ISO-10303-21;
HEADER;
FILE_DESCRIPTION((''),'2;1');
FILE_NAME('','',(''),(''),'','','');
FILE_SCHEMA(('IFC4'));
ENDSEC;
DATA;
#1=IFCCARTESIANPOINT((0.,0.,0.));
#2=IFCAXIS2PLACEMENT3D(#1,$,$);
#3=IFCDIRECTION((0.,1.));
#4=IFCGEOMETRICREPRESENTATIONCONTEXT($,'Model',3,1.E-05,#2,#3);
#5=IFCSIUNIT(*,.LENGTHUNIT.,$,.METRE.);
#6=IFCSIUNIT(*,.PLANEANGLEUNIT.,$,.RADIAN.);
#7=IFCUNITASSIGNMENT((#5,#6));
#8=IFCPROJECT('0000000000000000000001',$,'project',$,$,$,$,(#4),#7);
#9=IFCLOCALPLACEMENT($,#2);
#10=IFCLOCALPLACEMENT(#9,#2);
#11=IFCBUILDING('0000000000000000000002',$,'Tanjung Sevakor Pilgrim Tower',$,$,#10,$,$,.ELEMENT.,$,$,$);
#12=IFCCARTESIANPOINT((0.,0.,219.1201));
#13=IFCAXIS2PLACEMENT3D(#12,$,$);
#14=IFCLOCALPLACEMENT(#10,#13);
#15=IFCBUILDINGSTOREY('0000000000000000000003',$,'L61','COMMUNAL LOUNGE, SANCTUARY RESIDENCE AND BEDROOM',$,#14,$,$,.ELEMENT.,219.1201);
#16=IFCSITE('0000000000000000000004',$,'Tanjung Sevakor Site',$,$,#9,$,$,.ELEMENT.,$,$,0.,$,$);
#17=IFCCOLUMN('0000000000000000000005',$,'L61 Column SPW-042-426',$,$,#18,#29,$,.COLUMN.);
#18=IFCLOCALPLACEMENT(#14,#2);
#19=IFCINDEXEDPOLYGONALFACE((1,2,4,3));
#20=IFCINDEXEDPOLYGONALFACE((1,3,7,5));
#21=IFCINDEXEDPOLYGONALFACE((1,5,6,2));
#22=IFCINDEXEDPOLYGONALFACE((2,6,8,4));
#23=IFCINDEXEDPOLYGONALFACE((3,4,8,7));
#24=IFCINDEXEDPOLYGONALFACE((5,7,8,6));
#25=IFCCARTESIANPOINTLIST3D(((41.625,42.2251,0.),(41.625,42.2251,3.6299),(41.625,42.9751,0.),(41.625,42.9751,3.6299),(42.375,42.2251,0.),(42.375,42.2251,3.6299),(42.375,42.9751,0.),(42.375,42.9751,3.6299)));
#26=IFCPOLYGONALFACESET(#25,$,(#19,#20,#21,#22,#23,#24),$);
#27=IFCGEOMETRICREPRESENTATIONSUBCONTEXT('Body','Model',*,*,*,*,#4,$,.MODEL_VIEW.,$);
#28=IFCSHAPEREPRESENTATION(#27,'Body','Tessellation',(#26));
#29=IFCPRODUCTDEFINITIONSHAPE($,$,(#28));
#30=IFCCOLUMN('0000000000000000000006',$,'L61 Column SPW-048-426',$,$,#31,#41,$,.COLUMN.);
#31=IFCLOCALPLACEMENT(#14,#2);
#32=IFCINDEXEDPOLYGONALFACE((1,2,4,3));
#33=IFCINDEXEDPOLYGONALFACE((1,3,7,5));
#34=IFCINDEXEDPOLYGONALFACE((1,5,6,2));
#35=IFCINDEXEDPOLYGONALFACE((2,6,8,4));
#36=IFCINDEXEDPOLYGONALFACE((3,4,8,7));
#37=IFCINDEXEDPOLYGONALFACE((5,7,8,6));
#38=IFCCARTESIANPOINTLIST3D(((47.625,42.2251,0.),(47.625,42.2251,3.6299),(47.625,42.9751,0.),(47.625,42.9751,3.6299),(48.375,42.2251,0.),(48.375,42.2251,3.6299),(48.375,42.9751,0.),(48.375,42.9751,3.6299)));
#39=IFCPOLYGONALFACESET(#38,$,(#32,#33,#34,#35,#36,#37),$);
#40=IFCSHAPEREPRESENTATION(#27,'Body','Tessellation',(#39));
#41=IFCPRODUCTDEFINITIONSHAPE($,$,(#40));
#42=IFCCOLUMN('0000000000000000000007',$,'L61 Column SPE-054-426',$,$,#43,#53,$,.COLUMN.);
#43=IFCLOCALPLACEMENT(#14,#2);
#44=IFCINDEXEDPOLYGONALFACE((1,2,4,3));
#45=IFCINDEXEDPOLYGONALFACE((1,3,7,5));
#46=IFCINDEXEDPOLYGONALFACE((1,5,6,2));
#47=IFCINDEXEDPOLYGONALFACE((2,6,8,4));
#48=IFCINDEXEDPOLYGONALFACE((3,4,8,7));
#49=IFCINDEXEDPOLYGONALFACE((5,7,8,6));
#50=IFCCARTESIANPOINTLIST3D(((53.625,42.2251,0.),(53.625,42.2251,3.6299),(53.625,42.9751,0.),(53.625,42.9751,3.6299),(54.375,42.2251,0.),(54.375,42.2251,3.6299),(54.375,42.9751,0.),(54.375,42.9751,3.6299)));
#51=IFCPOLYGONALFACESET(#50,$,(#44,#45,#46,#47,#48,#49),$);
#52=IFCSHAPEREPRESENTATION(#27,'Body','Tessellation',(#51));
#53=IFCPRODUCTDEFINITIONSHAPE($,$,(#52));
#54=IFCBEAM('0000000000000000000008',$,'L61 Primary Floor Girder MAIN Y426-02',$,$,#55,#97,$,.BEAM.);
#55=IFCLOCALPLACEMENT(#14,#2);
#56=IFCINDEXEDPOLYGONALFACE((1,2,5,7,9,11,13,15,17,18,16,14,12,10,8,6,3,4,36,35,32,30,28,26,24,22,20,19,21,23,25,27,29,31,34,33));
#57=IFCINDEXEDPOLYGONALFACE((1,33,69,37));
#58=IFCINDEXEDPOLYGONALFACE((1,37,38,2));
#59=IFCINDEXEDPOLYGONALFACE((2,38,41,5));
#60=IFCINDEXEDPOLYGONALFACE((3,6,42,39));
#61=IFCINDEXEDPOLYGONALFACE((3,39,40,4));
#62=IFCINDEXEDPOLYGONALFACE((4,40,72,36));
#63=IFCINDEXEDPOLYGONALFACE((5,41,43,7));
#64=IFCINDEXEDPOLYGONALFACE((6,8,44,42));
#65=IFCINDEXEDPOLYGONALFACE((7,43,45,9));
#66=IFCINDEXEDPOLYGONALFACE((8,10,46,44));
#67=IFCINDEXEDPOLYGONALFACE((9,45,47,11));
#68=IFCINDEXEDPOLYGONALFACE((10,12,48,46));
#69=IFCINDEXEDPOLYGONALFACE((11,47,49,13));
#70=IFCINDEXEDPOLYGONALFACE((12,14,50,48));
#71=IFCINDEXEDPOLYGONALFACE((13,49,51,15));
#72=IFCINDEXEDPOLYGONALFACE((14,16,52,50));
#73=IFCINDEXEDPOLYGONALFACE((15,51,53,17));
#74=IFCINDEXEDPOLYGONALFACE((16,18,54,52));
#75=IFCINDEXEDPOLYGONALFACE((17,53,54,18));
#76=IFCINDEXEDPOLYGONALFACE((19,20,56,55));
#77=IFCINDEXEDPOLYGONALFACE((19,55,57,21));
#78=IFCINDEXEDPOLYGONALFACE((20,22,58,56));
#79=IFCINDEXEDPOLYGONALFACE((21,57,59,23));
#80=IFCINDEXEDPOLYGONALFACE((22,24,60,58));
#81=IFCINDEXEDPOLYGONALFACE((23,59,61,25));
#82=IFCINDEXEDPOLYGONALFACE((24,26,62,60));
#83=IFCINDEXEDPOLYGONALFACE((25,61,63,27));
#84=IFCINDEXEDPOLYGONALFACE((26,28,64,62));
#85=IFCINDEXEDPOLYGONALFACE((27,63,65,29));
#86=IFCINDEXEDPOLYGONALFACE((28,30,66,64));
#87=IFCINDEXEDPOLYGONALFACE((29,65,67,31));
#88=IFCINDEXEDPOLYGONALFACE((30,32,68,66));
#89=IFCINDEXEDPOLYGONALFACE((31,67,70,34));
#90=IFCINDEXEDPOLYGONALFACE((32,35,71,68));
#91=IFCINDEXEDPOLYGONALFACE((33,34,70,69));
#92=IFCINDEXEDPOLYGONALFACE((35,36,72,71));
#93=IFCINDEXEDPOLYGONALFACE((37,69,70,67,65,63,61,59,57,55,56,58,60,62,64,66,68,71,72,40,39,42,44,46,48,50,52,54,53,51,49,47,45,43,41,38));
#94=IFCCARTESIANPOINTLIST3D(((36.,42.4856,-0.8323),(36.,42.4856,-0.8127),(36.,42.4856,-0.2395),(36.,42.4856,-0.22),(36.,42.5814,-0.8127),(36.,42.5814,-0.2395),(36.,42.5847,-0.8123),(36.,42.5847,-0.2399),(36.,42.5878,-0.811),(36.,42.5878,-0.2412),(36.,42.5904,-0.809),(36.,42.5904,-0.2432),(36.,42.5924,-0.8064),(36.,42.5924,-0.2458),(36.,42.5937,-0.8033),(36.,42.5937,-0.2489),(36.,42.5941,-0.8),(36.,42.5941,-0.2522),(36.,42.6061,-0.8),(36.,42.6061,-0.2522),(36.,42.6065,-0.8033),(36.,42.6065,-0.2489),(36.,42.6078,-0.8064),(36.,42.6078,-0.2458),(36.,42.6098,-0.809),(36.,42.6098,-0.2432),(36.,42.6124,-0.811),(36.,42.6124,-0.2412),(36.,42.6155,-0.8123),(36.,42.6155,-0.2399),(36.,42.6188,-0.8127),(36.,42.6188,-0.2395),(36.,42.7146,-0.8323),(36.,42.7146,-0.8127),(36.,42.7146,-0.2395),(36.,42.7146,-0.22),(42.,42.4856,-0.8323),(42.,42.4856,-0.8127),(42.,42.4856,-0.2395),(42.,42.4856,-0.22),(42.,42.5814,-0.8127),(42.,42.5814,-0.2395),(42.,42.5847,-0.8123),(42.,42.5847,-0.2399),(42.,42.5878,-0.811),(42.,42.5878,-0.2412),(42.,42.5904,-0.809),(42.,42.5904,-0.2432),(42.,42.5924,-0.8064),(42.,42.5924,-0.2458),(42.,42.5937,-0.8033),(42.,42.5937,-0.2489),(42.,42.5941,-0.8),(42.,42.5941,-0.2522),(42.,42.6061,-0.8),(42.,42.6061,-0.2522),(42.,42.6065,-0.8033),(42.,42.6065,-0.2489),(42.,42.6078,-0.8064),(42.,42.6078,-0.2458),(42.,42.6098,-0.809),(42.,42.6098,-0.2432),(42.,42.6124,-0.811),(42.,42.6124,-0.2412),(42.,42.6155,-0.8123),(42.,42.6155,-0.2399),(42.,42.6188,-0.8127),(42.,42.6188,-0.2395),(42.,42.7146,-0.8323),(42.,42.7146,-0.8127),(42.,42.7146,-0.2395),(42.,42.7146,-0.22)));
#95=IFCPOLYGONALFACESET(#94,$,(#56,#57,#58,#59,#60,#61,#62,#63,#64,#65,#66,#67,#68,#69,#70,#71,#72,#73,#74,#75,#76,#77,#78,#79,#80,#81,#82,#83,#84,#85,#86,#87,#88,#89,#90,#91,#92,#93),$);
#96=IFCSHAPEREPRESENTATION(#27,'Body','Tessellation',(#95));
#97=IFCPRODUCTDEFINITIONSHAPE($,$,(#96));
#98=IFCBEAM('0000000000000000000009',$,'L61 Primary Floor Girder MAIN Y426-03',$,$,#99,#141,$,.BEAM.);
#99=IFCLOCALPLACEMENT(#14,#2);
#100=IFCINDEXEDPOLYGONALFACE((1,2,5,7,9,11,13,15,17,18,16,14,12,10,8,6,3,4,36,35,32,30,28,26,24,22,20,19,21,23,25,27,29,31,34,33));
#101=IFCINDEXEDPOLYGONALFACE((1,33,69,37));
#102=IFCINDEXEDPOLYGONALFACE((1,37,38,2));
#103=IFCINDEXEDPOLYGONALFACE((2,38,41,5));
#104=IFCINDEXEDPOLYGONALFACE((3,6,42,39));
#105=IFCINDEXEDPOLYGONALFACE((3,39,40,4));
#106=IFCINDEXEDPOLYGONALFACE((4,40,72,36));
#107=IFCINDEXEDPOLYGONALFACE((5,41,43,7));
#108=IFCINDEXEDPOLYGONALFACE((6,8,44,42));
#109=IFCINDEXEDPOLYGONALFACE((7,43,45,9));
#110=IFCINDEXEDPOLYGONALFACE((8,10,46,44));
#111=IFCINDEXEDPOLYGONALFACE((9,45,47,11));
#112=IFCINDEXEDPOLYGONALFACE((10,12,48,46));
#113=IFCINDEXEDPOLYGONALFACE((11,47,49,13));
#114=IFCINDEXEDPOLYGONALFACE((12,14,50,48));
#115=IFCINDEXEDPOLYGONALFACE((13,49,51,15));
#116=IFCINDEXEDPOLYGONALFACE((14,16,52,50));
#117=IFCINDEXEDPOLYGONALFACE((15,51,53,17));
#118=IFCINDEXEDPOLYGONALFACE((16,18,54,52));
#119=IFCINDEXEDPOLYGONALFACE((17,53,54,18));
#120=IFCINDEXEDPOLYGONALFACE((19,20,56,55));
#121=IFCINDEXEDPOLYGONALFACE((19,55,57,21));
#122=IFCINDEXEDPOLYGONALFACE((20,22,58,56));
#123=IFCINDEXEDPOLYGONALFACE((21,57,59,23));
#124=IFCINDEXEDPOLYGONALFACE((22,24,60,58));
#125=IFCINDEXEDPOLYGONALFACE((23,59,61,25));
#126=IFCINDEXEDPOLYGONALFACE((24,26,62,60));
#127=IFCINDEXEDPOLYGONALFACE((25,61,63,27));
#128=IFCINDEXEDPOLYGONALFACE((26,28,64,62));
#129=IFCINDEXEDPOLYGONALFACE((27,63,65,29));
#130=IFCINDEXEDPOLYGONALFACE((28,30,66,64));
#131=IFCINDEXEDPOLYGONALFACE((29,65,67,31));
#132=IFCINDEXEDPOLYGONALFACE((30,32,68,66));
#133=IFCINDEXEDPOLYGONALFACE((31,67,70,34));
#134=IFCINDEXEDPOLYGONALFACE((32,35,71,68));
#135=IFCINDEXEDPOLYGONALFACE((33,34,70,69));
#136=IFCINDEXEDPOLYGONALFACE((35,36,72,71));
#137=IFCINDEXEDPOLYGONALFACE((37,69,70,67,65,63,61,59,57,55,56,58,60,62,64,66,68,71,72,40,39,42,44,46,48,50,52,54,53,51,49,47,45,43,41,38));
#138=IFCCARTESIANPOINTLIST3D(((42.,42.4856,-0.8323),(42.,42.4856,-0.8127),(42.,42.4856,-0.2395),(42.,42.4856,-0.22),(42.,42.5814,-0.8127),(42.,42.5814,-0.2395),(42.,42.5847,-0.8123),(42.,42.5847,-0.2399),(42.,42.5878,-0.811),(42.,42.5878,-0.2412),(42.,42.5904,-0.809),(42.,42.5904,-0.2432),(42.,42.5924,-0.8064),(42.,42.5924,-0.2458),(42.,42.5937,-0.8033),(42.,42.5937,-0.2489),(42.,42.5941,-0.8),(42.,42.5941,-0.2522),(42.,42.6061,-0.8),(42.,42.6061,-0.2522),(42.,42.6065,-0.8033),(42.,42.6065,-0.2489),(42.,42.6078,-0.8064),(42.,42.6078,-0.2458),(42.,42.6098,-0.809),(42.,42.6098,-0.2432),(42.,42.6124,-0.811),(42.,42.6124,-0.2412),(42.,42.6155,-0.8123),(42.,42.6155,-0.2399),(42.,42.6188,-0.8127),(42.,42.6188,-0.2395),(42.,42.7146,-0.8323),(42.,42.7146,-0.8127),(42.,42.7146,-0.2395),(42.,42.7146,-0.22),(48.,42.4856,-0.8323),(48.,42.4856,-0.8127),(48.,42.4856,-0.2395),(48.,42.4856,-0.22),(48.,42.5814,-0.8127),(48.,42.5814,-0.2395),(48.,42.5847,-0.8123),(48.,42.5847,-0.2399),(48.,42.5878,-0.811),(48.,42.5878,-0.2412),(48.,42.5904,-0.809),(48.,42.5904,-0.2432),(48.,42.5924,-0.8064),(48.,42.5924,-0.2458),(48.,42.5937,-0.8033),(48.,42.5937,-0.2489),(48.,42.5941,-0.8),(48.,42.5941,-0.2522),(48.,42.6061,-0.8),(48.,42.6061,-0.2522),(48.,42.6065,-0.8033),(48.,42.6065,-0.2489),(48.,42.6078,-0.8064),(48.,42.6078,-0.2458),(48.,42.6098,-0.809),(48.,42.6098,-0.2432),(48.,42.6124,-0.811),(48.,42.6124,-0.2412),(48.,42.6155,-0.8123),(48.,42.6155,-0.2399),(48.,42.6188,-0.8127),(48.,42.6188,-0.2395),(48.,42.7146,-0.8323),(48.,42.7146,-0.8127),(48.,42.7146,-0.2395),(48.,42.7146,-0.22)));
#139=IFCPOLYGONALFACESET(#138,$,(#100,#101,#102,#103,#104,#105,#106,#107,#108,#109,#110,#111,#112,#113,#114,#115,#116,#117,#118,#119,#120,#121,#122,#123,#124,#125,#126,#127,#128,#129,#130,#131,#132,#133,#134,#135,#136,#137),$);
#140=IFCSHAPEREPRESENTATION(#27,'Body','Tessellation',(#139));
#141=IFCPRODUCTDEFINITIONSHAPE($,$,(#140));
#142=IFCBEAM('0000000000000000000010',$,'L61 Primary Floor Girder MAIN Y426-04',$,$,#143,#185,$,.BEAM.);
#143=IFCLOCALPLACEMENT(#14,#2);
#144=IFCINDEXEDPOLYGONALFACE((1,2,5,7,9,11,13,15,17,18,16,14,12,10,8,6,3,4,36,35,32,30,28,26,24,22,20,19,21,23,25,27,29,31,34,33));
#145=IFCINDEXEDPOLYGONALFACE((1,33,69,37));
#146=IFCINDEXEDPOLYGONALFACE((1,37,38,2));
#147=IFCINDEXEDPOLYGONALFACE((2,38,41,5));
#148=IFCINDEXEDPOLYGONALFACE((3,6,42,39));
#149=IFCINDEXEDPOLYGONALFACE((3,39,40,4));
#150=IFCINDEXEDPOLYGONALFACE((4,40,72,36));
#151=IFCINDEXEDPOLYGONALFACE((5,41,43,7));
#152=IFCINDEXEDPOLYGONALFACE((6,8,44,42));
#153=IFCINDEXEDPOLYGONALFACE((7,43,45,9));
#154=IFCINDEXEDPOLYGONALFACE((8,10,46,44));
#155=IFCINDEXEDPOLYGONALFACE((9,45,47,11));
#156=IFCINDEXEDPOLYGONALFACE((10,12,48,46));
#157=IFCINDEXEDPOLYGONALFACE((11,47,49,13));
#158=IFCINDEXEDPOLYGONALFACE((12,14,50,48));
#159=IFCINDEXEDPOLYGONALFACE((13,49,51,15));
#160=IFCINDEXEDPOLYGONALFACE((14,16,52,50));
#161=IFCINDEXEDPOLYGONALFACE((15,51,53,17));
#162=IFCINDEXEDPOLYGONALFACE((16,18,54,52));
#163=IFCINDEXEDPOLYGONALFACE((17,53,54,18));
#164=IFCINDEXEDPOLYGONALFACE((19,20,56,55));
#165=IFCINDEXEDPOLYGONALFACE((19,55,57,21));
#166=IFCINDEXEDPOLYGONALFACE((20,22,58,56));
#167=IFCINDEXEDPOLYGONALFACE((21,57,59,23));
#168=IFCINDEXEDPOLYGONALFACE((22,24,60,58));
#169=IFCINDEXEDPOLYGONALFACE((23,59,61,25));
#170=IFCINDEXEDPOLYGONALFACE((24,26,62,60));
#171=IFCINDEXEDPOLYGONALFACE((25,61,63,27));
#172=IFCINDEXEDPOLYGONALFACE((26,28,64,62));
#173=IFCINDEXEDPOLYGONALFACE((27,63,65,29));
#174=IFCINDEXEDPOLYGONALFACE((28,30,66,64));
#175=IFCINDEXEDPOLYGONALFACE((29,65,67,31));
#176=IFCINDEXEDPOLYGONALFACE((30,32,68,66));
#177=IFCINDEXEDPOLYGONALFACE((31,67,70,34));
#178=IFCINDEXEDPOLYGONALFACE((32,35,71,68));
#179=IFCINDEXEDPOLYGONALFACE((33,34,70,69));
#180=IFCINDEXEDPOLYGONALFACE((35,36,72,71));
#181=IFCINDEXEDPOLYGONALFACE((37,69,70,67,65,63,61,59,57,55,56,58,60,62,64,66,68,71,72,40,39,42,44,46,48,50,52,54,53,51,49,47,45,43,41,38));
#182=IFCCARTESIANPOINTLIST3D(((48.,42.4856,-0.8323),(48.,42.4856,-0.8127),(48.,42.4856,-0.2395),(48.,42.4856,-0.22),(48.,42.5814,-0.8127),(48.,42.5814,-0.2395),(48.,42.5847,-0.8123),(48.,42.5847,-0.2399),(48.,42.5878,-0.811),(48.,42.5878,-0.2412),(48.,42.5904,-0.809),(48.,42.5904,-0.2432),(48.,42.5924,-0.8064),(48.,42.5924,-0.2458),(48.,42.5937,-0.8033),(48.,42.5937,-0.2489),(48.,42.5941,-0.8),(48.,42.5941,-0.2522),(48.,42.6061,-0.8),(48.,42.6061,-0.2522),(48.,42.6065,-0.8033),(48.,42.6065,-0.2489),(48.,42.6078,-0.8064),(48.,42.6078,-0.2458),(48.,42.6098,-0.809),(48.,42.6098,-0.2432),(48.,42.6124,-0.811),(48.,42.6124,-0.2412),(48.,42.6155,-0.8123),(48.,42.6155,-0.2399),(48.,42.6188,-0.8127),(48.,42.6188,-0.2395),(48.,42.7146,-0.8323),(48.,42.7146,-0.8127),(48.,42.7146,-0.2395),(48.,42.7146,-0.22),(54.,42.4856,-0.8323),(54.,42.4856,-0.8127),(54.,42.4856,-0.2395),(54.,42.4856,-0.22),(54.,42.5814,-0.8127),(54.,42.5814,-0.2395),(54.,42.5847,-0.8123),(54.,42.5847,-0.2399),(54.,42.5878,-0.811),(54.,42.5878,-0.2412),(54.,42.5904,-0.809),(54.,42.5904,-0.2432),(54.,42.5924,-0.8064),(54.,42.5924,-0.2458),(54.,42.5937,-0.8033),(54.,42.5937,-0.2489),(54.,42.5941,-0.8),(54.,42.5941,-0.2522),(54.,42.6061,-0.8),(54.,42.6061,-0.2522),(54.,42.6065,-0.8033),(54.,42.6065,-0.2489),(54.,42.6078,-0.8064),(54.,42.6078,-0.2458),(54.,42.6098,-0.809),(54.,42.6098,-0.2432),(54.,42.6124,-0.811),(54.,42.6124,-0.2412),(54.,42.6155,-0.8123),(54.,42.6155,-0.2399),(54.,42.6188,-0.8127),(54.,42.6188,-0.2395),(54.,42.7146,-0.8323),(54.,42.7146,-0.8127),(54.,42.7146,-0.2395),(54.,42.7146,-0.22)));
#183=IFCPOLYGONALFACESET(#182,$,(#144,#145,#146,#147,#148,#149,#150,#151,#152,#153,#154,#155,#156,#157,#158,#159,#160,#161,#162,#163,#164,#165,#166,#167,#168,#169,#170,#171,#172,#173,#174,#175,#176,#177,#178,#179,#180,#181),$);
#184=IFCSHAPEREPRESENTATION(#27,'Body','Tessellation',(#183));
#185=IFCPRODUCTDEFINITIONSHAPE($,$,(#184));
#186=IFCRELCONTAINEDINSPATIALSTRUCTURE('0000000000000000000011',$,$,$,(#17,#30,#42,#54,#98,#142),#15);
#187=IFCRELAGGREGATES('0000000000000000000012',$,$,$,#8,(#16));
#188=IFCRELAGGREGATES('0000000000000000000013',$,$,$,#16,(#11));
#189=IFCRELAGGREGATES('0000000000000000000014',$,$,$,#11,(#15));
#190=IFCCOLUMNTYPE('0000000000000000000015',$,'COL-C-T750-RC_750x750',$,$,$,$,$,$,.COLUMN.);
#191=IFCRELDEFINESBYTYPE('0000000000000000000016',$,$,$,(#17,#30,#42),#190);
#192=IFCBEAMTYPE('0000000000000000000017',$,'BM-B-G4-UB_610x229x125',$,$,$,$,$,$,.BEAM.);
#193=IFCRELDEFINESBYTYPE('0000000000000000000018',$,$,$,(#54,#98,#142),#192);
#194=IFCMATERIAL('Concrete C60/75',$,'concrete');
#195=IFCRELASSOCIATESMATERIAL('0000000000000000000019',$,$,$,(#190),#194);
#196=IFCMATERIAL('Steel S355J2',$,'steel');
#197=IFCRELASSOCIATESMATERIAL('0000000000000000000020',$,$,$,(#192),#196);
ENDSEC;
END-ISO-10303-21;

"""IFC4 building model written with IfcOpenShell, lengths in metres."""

from ifc_helpers import new_model, si_unit, direction, frame, origin, origin_2d, place, context, subcontext, project, spatial, rectangle, i_section, extrude, material, material_profile, profile_set, type_object, element, save


model = new_model("IFC4")

# Units and contexts
model_context = context("Model", 3, precision=1e-05, world=origin(), true_north=direction((0.0, 1.0)))
body_context = subcontext(model_context, "Body", "Model", "MODEL_VIEW")
ifc_project = project(units=[si_unit("LENGTHUNIT", "METRE"), si_unit("PLANEANGLEUNIT", "RADIAN")], contexts=[model_context])

# Site, building, storey
site_placement = place(None, origin())
site = spatial("IfcSite", under=ifc_project, at=site_placement, Name="Tanjung Sevakor Site", CompositionType="ELEMENT", RefElevation=0.0)
building_placement = place(site_placement, origin())
building = spatial("IfcBuilding", under=site, at=building_placement, Name="Tanjung Sevakor Pilgrim Tower", CompositionType="ELEMENT")
storey_placement = place(building_placement, frame((0.0, 0.0, 219.1201)))
storey = spatial("IfcBuildingStorey", under=building, at=storey_placement, Name="L61", Description="COMMUNAL LOUNGE, SANCTUARY RESIDENCE AND BEDROOM", CompositionType="ELEMENT", Elevation=219.1201)

# Columns
ifc_material_1 = material(Name="Concrete C60/75", Category="concrete")
ifc_material_profile_1 = material_profile(ifc_material_1, rectangle(XDim=0.75, YDim=0.75, at=origin_2d()))
ifc_profile_set_1 = profile_set([ifc_material_profile_1], Name="Concrete C60/75")
column_type = type_object("IfcColumnType", Name="COL-C-T750-RC_750x750", PredefinedType="COLUMN", material=ifc_profile_set_1)
for number, where, z_axis, x_axis, name in (
    (1, (42.0, 42.6001, 0.0), (0.0, 0.0, 1.0), (1.0, 0.0, 0.0), "L61 Column SPW-042-426"),
    (2, (48.0, 42.6001, 0.0), (0.0, 0.0, 1.0), (1.0, 0.0, 0.0), "L61 Column SPW-048-426"),
    (3, (54.0, 42.6001, 0.0), (0.0, 0.0, 1.0), (1.0, 0.0, 0.0), "L61 Column SPE-054-426"),
):
    element("IfcColumn", number, at=place(storey_placement, frame(where, z_axis=z_axis, x_axis=x_axis)), inside=storey, type_object=column_type, Name=name, PredefinedType="COLUMN", context=body_context, shape_type="SweptSolid", body=[
        extrude(rectangle(XDim=0.75, YDim=0.75, at=origin_2d()), origin(), (0.0, 0.0, 1.0), 3.6299),
    ])

# Beams
ifc_material_2 = material(Name="Steel S355J2", Category="steel")
ifc_material_profile_2 = material_profile(ifc_material_2, i_section(OverallWidth=0.229, OverallDepth=0.6123, WebThickness=0.012, FlangeThickness=0.0195, FilletRadius=0.0127, at=origin_2d()))
ifc_profile_set_2 = profile_set([ifc_material_profile_2], Name="Steel S355J2")
beam_type_1 = type_object("IfcBeamType", Name="BM-B-G4-UB_610x229x125", PredefinedType="BEAM", material=ifc_profile_set_2)
for number, where, z_axis, x_axis, name in (
    (4, (36.0, 42.6001, -0.5261), (1.0, 0.0, 0.0), (0.0, 1.0, 0.0), "L61 Primary Floor Girder MAIN Y426-02"),
    (5, (42.0, 42.6001, -0.5261), (1.0, 0.0, 0.0), (0.0, 1.0, 0.0), "L61 Primary Floor Girder MAIN Y426-03"),
    (6, (48.0, 42.6001, -0.5261), (1.0, 0.0, 0.0), (0.0, 1.0, 0.0), "L61 Primary Floor Girder MAIN Y426-04"),
):
    element("IfcBeam", number, at=place(storey_placement, frame(where, z_axis=z_axis, x_axis=x_axis)), inside=storey, type_object=beam_type_1, Name=name, PredefinedType="BEAM", context=body_context, shape_type="SweptSolid", body=[
        extrude(i_section(OverallWidth=0.229, OverallDepth=0.6123, WebThickness=0.012, FlangeThickness=0.0195, FilletRadius=0.0127, at=origin_2d()), origin(), (0.0, 0.0, 1.0), 6.0),
    ])

save(model, "model.ifc")
